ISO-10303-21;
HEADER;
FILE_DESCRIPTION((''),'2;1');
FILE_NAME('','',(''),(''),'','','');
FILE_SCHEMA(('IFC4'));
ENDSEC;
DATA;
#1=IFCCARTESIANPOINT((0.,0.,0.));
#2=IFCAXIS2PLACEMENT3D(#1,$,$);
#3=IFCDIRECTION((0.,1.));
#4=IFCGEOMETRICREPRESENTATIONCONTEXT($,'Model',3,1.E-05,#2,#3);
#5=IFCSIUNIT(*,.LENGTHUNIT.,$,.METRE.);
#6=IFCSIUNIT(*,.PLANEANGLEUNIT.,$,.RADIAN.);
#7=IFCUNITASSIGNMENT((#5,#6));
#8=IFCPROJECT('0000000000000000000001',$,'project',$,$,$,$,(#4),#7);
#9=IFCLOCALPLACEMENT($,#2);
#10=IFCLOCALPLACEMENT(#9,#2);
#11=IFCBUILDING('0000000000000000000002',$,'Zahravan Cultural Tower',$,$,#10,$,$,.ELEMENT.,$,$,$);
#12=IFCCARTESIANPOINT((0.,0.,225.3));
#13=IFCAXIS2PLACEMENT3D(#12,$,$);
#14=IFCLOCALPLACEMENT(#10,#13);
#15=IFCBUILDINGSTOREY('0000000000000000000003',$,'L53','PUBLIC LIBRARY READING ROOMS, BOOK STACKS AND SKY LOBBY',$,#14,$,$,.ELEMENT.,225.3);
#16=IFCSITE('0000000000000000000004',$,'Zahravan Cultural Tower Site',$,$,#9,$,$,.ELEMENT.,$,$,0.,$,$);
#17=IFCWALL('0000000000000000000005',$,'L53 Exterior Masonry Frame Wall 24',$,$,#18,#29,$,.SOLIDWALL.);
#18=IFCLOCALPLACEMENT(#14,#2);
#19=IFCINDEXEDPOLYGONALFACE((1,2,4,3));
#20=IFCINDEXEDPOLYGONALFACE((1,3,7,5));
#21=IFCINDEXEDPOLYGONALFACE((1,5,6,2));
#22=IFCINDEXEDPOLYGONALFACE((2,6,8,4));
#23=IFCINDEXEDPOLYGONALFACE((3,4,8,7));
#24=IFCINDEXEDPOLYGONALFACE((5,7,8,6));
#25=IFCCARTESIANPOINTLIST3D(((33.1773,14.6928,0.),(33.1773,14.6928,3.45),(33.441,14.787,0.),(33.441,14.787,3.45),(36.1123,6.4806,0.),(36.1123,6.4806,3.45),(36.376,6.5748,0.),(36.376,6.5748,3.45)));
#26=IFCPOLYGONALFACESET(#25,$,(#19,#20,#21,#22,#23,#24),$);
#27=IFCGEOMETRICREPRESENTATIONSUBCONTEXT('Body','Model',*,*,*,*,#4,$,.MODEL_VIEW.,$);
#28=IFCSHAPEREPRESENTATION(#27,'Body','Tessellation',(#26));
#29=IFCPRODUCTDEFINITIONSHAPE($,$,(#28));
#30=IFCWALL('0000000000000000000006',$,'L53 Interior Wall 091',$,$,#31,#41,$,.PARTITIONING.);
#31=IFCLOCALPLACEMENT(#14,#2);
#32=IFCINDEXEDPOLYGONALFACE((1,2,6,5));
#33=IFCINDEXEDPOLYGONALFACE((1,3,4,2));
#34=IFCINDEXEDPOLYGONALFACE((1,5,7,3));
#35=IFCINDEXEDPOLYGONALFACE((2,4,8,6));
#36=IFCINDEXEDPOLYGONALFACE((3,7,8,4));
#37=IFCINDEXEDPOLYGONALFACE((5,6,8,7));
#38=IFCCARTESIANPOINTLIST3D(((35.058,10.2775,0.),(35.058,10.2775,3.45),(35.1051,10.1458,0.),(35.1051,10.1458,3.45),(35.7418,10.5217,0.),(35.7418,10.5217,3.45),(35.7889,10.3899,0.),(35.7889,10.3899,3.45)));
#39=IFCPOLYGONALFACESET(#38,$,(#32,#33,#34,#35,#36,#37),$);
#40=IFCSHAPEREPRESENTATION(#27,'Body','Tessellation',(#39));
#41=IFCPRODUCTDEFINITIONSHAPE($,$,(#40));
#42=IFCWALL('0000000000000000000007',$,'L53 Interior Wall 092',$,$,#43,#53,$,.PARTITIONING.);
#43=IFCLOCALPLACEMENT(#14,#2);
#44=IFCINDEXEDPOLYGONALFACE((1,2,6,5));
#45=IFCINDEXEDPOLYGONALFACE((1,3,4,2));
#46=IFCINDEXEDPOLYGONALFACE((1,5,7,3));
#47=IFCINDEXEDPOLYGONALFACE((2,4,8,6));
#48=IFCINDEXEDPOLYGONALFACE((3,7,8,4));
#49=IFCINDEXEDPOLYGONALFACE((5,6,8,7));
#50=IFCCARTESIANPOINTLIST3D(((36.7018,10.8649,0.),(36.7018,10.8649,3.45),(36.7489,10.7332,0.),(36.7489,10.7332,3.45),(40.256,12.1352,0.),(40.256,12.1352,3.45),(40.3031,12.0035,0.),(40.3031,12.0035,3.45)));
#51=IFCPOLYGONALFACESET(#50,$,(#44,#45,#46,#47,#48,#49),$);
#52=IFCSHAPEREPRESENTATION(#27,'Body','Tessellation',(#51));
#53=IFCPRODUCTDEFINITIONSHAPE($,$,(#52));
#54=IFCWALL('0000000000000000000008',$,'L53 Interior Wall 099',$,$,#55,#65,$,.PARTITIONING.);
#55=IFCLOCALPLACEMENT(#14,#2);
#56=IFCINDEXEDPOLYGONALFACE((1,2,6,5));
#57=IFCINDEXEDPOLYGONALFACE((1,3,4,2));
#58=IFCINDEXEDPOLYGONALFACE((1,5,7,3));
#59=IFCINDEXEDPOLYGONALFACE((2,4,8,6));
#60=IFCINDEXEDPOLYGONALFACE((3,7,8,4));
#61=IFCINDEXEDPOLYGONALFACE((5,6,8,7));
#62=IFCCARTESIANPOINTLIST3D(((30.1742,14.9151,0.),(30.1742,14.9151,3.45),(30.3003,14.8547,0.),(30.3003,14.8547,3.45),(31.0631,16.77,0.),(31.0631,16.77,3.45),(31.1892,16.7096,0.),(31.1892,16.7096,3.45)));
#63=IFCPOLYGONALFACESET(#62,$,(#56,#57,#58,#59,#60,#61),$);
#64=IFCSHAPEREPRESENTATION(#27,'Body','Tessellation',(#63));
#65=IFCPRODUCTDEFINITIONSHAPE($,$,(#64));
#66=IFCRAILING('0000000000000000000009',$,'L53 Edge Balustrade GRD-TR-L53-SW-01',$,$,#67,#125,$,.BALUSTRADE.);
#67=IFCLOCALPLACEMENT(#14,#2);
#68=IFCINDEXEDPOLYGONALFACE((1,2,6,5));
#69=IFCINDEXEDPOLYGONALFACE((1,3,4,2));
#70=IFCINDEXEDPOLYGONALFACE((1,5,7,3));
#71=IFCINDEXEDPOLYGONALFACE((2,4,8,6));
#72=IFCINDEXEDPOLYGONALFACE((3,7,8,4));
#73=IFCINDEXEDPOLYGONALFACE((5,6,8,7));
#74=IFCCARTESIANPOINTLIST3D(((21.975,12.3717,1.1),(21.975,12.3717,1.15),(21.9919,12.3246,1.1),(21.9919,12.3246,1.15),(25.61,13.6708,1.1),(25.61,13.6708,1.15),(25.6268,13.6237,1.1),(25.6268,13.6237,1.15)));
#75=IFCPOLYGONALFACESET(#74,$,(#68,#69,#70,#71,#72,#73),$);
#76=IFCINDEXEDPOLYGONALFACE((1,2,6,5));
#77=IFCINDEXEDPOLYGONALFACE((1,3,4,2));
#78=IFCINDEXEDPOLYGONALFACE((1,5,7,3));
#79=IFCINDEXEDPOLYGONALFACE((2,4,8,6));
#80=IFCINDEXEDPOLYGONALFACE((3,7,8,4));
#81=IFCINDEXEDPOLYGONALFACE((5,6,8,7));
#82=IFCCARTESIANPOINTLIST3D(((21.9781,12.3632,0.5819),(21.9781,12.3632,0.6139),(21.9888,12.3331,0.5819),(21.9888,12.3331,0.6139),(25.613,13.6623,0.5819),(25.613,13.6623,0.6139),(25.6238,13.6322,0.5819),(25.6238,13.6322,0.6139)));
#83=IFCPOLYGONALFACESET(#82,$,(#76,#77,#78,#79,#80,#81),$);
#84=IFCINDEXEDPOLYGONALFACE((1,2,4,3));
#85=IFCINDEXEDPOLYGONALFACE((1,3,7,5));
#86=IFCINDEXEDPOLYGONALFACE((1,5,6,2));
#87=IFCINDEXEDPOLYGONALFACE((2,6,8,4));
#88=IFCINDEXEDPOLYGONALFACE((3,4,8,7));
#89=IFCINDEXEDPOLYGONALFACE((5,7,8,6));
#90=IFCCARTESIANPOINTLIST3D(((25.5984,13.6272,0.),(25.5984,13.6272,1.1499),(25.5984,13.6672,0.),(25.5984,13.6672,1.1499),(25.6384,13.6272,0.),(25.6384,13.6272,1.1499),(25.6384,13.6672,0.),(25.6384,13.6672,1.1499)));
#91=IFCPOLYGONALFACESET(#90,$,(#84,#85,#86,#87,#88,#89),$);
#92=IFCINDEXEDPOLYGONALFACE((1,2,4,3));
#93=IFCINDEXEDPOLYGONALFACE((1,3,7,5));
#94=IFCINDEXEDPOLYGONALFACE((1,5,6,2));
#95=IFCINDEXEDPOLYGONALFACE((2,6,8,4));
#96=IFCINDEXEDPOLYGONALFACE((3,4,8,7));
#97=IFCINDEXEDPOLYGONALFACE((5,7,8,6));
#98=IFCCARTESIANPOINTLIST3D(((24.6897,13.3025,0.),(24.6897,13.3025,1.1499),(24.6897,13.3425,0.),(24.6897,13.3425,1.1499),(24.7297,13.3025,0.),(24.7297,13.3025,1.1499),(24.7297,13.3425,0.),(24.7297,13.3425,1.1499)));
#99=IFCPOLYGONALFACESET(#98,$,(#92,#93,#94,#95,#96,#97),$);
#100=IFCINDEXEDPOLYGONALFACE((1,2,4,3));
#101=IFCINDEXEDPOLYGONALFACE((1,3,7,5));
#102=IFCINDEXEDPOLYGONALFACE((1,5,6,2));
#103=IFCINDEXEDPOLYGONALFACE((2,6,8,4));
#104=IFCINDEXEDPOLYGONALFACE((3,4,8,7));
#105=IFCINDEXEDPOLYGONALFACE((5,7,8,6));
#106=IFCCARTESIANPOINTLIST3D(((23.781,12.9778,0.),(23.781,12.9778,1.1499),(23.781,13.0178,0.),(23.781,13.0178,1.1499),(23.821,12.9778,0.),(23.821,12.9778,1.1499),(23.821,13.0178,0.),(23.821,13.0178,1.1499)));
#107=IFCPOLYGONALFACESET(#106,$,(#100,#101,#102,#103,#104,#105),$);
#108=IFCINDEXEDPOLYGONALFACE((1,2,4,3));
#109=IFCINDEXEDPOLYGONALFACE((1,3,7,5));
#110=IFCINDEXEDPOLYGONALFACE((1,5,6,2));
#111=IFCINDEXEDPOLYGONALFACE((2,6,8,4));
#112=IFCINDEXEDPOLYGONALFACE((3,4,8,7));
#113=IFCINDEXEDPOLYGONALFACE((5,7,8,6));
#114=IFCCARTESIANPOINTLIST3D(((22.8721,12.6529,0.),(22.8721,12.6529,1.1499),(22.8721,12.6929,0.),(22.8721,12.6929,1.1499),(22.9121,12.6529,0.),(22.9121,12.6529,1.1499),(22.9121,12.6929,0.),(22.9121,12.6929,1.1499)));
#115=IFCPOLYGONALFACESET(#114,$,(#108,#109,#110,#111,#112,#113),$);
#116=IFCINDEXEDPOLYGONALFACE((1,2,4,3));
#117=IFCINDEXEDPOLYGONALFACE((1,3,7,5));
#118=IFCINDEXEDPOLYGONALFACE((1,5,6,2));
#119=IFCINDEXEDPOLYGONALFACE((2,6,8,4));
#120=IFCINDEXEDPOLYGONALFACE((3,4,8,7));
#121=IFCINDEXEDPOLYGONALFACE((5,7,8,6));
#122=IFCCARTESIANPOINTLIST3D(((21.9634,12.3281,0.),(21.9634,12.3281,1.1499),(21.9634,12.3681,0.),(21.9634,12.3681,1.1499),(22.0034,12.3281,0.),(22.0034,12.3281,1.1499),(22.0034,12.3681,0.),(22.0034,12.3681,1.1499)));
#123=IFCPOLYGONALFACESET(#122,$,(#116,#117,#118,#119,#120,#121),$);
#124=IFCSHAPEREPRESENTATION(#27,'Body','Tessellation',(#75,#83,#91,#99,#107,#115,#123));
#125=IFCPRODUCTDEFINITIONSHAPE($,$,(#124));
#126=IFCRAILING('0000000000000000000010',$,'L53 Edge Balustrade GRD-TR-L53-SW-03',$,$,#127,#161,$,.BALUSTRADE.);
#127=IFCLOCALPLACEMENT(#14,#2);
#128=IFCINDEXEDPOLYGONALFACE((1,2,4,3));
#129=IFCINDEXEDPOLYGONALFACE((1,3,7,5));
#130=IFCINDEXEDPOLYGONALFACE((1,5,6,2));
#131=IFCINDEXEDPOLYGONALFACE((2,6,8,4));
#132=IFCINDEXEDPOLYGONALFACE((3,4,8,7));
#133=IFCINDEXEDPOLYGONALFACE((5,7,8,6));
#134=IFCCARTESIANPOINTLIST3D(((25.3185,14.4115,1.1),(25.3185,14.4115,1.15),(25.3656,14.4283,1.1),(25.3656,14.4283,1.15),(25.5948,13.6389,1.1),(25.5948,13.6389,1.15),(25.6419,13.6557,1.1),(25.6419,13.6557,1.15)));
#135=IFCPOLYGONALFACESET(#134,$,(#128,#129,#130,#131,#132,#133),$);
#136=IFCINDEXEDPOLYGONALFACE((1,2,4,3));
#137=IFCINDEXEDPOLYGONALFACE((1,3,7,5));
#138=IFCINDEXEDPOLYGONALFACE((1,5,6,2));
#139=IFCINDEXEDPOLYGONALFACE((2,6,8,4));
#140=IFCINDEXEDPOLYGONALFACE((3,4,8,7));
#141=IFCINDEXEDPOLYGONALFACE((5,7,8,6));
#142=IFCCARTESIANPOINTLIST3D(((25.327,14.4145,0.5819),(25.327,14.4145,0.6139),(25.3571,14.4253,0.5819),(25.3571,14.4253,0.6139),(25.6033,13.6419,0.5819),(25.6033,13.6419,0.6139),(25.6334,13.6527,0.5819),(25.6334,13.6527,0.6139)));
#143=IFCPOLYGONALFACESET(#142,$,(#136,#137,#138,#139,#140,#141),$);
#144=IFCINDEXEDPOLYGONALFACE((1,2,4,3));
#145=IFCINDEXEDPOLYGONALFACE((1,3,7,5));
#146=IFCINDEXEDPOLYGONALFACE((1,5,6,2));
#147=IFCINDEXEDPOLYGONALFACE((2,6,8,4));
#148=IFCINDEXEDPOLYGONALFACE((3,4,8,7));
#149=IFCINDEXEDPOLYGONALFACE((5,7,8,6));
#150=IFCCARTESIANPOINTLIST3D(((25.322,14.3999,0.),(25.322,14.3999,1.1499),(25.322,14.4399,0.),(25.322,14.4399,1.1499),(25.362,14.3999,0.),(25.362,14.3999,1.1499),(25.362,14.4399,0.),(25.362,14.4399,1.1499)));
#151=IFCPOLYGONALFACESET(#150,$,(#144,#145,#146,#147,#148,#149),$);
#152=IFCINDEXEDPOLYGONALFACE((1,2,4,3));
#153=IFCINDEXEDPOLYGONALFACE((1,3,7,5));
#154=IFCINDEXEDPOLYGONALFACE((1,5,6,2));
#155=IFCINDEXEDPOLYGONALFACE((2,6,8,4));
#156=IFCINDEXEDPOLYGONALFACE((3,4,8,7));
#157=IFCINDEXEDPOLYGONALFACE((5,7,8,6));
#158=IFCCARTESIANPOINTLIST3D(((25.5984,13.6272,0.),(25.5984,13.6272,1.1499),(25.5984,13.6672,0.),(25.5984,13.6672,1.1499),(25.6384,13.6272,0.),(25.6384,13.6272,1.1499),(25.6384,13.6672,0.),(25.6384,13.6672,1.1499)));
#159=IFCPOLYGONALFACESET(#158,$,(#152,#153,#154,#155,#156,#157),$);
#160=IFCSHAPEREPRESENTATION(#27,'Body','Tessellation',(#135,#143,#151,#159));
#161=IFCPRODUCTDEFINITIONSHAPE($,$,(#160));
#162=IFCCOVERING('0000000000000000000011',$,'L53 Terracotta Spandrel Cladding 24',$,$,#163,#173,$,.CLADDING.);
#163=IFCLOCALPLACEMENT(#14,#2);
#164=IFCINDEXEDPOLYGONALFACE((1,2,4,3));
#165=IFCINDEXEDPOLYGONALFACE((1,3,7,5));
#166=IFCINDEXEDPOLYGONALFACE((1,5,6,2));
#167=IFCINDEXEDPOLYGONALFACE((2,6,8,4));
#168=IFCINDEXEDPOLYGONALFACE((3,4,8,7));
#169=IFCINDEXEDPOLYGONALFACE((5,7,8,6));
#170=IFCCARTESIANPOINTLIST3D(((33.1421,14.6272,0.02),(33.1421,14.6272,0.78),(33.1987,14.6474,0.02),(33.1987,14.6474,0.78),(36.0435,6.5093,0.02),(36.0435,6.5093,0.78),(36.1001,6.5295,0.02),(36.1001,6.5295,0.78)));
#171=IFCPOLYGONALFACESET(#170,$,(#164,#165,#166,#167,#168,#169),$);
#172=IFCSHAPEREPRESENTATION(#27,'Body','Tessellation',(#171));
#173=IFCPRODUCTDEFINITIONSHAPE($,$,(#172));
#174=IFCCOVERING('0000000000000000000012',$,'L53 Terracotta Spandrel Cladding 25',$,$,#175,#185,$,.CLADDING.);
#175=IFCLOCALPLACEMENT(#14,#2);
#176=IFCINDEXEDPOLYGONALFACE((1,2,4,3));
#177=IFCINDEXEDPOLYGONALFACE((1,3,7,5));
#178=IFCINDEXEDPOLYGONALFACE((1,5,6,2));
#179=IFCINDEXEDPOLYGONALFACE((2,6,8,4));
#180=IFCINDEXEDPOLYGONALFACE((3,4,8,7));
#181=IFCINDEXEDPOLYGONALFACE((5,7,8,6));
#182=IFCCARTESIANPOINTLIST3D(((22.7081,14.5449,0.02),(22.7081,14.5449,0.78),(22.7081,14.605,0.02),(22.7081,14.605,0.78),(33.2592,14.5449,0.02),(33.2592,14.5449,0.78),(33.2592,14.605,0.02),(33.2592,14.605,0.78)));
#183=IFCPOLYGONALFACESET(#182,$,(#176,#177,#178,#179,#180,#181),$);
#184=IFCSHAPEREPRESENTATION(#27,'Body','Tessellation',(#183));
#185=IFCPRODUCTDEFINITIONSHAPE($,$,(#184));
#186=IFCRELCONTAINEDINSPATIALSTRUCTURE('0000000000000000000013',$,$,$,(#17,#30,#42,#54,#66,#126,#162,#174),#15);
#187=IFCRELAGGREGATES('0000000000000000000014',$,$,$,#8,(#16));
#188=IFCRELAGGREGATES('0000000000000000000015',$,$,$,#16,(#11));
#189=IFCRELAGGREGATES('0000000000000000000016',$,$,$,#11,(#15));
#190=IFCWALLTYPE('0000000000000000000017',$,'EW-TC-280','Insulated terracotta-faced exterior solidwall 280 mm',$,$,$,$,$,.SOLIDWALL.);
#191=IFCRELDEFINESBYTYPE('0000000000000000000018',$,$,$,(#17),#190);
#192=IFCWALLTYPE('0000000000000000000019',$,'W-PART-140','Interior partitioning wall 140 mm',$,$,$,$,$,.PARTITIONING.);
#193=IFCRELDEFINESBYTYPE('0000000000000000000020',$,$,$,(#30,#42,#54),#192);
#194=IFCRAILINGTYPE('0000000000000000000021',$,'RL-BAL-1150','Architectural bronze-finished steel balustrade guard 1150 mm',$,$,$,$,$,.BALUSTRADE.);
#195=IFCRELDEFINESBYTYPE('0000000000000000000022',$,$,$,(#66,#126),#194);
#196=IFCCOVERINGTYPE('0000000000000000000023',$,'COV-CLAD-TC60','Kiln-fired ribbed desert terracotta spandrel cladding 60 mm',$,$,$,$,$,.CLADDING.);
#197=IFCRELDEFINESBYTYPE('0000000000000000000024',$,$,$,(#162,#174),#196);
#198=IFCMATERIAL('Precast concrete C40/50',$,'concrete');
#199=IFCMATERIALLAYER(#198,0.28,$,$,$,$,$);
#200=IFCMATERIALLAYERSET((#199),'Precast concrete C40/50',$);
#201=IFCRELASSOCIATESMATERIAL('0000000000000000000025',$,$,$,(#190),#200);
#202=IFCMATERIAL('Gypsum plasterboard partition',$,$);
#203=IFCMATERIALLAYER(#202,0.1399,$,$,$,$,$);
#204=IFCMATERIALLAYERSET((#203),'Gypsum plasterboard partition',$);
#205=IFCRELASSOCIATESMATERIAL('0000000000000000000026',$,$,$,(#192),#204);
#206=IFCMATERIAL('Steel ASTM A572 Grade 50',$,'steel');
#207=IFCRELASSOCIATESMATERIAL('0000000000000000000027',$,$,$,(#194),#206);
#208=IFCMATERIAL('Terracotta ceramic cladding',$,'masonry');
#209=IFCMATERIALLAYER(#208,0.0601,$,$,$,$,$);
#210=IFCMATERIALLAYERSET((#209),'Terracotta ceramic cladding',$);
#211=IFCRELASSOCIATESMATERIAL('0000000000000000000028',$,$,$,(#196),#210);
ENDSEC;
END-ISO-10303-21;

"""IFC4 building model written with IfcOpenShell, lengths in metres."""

from ifc_helpers import new_model, si_unit, direction, frame, frame_2d, origin, origin_2d, place, context, subcontext, project, spatial, rectangle, extrude, source, transform, mapped, material, layer, layer_set, type_object, element, save


model = new_model("IFC4")

# Units and contexts
model_context = context("Model", 3, precision=1e-05, world=origin(), true_north=direction((0.0, 1.0)))
body_context = subcontext(model_context, "Body", "Model", "MODEL_VIEW")
ifc_project = project(units=[si_unit("LENGTHUNIT", "METRE"), si_unit("PLANEANGLEUNIT", "RADIAN")], contexts=[model_context])

# Site, building, storey
site_placement = place(None, origin())
site = spatial("IfcSite", under=ifc_project, at=site_placement, Name="Zahravan Cultural Tower Site", CompositionType="ELEMENT", RefElevation=0.0)
building_placement = place(site_placement, origin())
building = spatial("IfcBuilding", under=site, at=building_placement, Name="Zahravan Cultural Tower", CompositionType="ELEMENT")
storey_placement = place(building_placement, frame((0.0, 0.0, 225.3)))
storey = spatial("IfcBuildingStorey", under=building, at=storey_placement, Name="L53", Description="PUBLIC LIBRARY READING ROOMS, BOOK STACKS AND SKY LOBBY", CompositionType="ELEMENT", Elevation=225.3)

# Shared definitions
ifc_material_1 = material(Name="Steel ASTM A572 Grade 50", Category="steel")

# Shared definitions
ifc_material_2 = material(Name="Precast concrete C40/50", Category="concrete")
ifc_layer_1 = layer(ifc_material_2, 0.28)
ifc_layer_set_1 = layer_set([ifc_layer_1], Name="Precast concrete C40/50")
wall_type_1 = type_object("IfcWallType", Name="EW-TC-280", Description="Insulated terracotta-faced exterior solidwall 280 mm", PredefinedType="SOLIDWALL", material=ifc_layer_set_1)
ifc_material_3 = material(Name="Gypsum plasterboard partition")
ifc_layer_2 = layer(ifc_material_3, 0.1399)
ifc_layer_set_2 = layer_set([ifc_layer_2], Name="Gypsum plasterboard partition")
wall_type_2 = type_object("IfcWallType", Name="W-PART-140", Description="Interior partitioning wall 140 mm", PredefinedType="PARTITIONING", material=ifc_layer_set_2)

# Walls
shared_shape_1 = source(origin(), body_context, "Body", "SweptSolid", [
    extrude(rectangle(XDim=8.7209, YDim=0.28, at=frame_2d((4.3604, 0.0))), origin(), (0.0, 0.0, 1.0), 3.45),
])
wall_1_placement = place(storey_placement, frame((36.2441, 6.5278, 0.0), z_axis=(0.0, 0.0, 1.0), x_axis=(-0.336555, 0.941664, 0.0)))
element("IfcWall", 1, at=wall_1_placement, inside=storey, type_object=wall_type_1, Name="L53 Exterior Masonry Frame Wall 24", PredefinedType="SOLIDWALL", context=body_context, shape_type="MappedRepresentation", body=[
    mapped(shared_shape_1, transform((0.0, 0.0, 0.0), x_axis=(1.0, 0.0, 0.0), y_axis=(0.0, 1.0, 0.0), z_axis=(0.0, 0.0, 1.0), scale=1.0)),
])
shared_shape_2 = source(origin(), body_context, "Body", "SweptSolid", [
    extrude(rectangle(XDim=0.7261, YDim=0.1399, at=frame_2d((0.363, 0.0))), origin(), (0.0, 0.0, 1.0), 3.45),
])
wall_2_placement = place(storey_placement, frame((35.0815, 10.2117, 0.0), z_axis=(0.0, 0.0, 1.0), x_axis=(0.94178, 0.33623, 0.0)))
element("IfcWall", 2, at=wall_2_placement, inside=storey, type_object=wall_type_2, Name="L53 Interior Wall 091", PredefinedType="PARTITIONING", context=body_context, shape_type="MappedRepresentation", body=[
    mapped(shared_shape_2, transform((0.0, 0.0, 0.0), x_axis=(1.0, 0.0, 0.0), y_axis=(0.0, 1.0, 0.0), z_axis=(0.0, 0.0, 1.0), scale=1.0)),
])
shared_shape_3 = source(origin(), body_context, "Body", "SweptSolid", [
    extrude(rectangle(XDim=3.7744, YDim=0.1399, at=frame_2d((1.8872, 0.0))), origin(), (0.0, 0.0, 1.0), 3.45),
])
wall_3_placement = place(storey_placement, frame((36.7253, 10.7991, 0.0), z_axis=(0.0, 0.0, 1.0), x_axis=(0.941666, 0.336549, 0.0)))
element("IfcWall", 3, at=wall_3_placement, inside=storey, type_object=wall_type_2, Name="L53 Interior Wall 092", PredefinedType="PARTITIONING", context=body_context, shape_type="MappedRepresentation", body=[
    mapped(shared_shape_3, transform((0.0, 0.0, 0.0), x_axis=(1.0, 0.0, 0.0), y_axis=(0.0, 1.0, 0.0), z_axis=(0.0, 0.0, 1.0), scale=1.0)),
])
shared_shape_4 = source(origin(), body_context, "Body", "SweptSolid", [
    extrude(rectangle(XDim=2.0569, YDim=0.1399, at=frame_2d((1.0283, 0.0))), origin(), (0.0, 0.0, 1.0), 3.45),
])
wall_4_placement = place(storey_placement, frame((30.2373, 14.885, 0.0), z_axis=(0.0, 0.0, 1.0), x_axis=(0.432148, 0.901803, 0.0)))
element("IfcWall", 4, at=wall_4_placement, inside=storey, type_object=wall_type_2, Name="L53 Interior Wall 099", PredefinedType="PARTITIONING", context=body_context, shape_type="MappedRepresentation", body=[
    mapped(shared_shape_4, transform((0.0, 0.0, 0.0), x_axis=(1.0, 0.0, 0.0), y_axis=(0.0, 1.0, 0.0), z_axis=(0.0, 0.0, 1.0), scale=1.0)),
])

# Railings
railing_type = type_object("IfcRailingType", Name="RL-BAL-1150", Description="Architectural bronze-finished steel balustrade guard 1150 mm", PredefinedType="BALUSTRADE", material=ifc_material_1)
railing_1_placement = place(storey_placement, frame((25.6184, 13.6472, 0.0)))
element("IfcRailing", 5, at=railing_1_placement, inside=storey, type_object=railing_type, Name="L53 Edge Balustrade GRD-TR-L53-SW-01", PredefinedType="BALUSTRADE", context=body_context, shape_type="SweptSolid", body=[
    extrude(rectangle(XDim=0.05, YDim=0.05, at=origin_2d()), frame((0.0, 0.0, 1.125), z_axis=(-0.941672, -0.336533, 0.0), x_axis=(0.336533, -0.941672, 0.0)), (0.0, 0.0, 1.0), 3.8601),
    extrude(rectangle(XDim=0.032, YDim=0.032, at=origin_2d()), frame((0.0, 0.0, 0.5979), z_axis=(-0.941672, -0.336533, 0.0), x_axis=(0.336533, -0.941672, 0.0)), (0.0, 0.0, 1.0), 3.8601),
    extrude(rectangle(XDim=0.04, YDim=0.04, at=origin_2d()), origin(), (0.0, 0.0, 1.0), 1.1499),
    extrude(rectangle(XDim=0.04, YDim=0.04, at=origin_2d()), frame((-0.9087, -0.3247, 0.0)), (0.0, 0.0, 1.0), 1.1499),
    extrude(rectangle(XDim=0.04, YDim=0.04, at=origin_2d()), frame((-1.8174, -0.6494, 0.0)), (0.0, 0.0, 1.0), 1.1499),
    extrude(rectangle(XDim=0.04, YDim=0.04, at=origin_2d()), frame((-2.7263, -0.9744, 0.0)), (0.0, 0.0, 1.0), 1.1499),
    extrude(rectangle(XDim=0.04, YDim=0.04, at=origin_2d()), frame((-3.635, -1.2991, 0.0)), (0.0, 0.0, 1.0), 1.1499),
])
railing_2_placement = place(storey_placement, frame((25.342, 14.4199, 0.0)))
element("IfcRailing", 6, at=railing_2_placement, inside=storey, type_object=railing_type, Name="L53 Edge Balustrade GRD-TR-L53-SW-03", PredefinedType="BALUSTRADE", context=body_context, shape_type="SweptSolid", body=[
    extrude(rectangle(XDim=0.05, YDim=0.05, at=origin_2d()), frame((0.0, 0.0, 1.125), z_axis=(0.33677, -0.941587, 0.0), x_axis=(0.941587, 0.33677, 0.0)), (0.0, 0.0, 1.0), 0.8206),
    extrude(rectangle(XDim=0.032, YDim=0.032, at=origin_2d()), frame((0.0, 0.0, 0.5979), z_axis=(0.33677, -0.941587, 0.0), x_axis=(0.941587, 0.33677, 0.0)), (0.0, 0.0, 1.0), 0.8206),
    extrude(rectangle(XDim=0.04, YDim=0.04, at=origin_2d()), origin(), (0.0, 0.0, 1.0), 1.1499),
    extrude(rectangle(XDim=0.04, YDim=0.04, at=origin_2d()), frame((0.2764, -0.7727, 0.0)), (0.0, 0.0, 1.0), 1.1499),
])

# Coverings
ifc_material_4 = material(Name="Terracotta ceramic cladding", Category="masonry")
ifc_layer_3 = layer(ifc_material_4, 0.0601)
ifc_layer_set_3 = layer_set([ifc_layer_3], Name="Terracotta ceramic cladding")
covering_type = type_object("IfcCoveringType", Name="COV-CLAD-TC60", Description="Kiln-fired ribbed desert terracotta spandrel cladding 60 mm", PredefinedType="CLADDING", material=ifc_layer_set_3)
shared_shape_5 = source(origin(), body_context, "Body", "SweptSolid", [
    extrude(rectangle(XDim=8.6208, YDim=0.0601, at=origin_2d()), origin(), (0.0, 0.0, 1.0), 0.76),
])
covering_1_placement = place(storey_placement, frame((34.6211, 10.5784, 0.02), z_axis=(0.0, 0.0, 1.0), x_axis=(-0.336553, 0.941665, 0.0)))
element("IfcCovering", 7, at=covering_1_placement, inside=storey, type_object=covering_type, Name="L53 Terracotta Spandrel Cladding 24", PredefinedType="CLADDING", context=body_context, shape_type="MappedRepresentation", body=[
    mapped(shared_shape_5, transform((0.0, 0.0, 0.0), x_axis=(1.0, 0.0, 0.0), y_axis=(0.0, 1.0, 0.0), z_axis=(0.0, 0.0, 1.0), scale=1.0)),
])
shared_shape_6 = source(origin(), body_context, "Body", "SweptSolid", [
    extrude(rectangle(XDim=10.551, YDim=0.0601, at=origin_2d()), origin(), (0.0, 0.0, 1.0), 0.76),
])
covering_2_placement = place(storey_placement, frame((27.9836, 14.575, 0.02), z_axis=(0.0, 0.0, 1.0), x_axis=(-1.0, 0.0, 0.0)))
element("IfcCovering", 8, at=covering_2_placement, inside=storey, type_object=covering_type, Name="L53 Terracotta Spandrel Cladding 25", PredefinedType="CLADDING", context=body_context, shape_type="MappedRepresentation", body=[
    mapped(shared_shape_6, transform((0.0, 0.0, 0.0), x_axis=(1.0, 0.0, 0.0), y_axis=(0.0, 1.0, 0.0), z_axis=(0.0, 0.0, 1.0), scale=1.0)),
])

save(model, "model.ifc")
